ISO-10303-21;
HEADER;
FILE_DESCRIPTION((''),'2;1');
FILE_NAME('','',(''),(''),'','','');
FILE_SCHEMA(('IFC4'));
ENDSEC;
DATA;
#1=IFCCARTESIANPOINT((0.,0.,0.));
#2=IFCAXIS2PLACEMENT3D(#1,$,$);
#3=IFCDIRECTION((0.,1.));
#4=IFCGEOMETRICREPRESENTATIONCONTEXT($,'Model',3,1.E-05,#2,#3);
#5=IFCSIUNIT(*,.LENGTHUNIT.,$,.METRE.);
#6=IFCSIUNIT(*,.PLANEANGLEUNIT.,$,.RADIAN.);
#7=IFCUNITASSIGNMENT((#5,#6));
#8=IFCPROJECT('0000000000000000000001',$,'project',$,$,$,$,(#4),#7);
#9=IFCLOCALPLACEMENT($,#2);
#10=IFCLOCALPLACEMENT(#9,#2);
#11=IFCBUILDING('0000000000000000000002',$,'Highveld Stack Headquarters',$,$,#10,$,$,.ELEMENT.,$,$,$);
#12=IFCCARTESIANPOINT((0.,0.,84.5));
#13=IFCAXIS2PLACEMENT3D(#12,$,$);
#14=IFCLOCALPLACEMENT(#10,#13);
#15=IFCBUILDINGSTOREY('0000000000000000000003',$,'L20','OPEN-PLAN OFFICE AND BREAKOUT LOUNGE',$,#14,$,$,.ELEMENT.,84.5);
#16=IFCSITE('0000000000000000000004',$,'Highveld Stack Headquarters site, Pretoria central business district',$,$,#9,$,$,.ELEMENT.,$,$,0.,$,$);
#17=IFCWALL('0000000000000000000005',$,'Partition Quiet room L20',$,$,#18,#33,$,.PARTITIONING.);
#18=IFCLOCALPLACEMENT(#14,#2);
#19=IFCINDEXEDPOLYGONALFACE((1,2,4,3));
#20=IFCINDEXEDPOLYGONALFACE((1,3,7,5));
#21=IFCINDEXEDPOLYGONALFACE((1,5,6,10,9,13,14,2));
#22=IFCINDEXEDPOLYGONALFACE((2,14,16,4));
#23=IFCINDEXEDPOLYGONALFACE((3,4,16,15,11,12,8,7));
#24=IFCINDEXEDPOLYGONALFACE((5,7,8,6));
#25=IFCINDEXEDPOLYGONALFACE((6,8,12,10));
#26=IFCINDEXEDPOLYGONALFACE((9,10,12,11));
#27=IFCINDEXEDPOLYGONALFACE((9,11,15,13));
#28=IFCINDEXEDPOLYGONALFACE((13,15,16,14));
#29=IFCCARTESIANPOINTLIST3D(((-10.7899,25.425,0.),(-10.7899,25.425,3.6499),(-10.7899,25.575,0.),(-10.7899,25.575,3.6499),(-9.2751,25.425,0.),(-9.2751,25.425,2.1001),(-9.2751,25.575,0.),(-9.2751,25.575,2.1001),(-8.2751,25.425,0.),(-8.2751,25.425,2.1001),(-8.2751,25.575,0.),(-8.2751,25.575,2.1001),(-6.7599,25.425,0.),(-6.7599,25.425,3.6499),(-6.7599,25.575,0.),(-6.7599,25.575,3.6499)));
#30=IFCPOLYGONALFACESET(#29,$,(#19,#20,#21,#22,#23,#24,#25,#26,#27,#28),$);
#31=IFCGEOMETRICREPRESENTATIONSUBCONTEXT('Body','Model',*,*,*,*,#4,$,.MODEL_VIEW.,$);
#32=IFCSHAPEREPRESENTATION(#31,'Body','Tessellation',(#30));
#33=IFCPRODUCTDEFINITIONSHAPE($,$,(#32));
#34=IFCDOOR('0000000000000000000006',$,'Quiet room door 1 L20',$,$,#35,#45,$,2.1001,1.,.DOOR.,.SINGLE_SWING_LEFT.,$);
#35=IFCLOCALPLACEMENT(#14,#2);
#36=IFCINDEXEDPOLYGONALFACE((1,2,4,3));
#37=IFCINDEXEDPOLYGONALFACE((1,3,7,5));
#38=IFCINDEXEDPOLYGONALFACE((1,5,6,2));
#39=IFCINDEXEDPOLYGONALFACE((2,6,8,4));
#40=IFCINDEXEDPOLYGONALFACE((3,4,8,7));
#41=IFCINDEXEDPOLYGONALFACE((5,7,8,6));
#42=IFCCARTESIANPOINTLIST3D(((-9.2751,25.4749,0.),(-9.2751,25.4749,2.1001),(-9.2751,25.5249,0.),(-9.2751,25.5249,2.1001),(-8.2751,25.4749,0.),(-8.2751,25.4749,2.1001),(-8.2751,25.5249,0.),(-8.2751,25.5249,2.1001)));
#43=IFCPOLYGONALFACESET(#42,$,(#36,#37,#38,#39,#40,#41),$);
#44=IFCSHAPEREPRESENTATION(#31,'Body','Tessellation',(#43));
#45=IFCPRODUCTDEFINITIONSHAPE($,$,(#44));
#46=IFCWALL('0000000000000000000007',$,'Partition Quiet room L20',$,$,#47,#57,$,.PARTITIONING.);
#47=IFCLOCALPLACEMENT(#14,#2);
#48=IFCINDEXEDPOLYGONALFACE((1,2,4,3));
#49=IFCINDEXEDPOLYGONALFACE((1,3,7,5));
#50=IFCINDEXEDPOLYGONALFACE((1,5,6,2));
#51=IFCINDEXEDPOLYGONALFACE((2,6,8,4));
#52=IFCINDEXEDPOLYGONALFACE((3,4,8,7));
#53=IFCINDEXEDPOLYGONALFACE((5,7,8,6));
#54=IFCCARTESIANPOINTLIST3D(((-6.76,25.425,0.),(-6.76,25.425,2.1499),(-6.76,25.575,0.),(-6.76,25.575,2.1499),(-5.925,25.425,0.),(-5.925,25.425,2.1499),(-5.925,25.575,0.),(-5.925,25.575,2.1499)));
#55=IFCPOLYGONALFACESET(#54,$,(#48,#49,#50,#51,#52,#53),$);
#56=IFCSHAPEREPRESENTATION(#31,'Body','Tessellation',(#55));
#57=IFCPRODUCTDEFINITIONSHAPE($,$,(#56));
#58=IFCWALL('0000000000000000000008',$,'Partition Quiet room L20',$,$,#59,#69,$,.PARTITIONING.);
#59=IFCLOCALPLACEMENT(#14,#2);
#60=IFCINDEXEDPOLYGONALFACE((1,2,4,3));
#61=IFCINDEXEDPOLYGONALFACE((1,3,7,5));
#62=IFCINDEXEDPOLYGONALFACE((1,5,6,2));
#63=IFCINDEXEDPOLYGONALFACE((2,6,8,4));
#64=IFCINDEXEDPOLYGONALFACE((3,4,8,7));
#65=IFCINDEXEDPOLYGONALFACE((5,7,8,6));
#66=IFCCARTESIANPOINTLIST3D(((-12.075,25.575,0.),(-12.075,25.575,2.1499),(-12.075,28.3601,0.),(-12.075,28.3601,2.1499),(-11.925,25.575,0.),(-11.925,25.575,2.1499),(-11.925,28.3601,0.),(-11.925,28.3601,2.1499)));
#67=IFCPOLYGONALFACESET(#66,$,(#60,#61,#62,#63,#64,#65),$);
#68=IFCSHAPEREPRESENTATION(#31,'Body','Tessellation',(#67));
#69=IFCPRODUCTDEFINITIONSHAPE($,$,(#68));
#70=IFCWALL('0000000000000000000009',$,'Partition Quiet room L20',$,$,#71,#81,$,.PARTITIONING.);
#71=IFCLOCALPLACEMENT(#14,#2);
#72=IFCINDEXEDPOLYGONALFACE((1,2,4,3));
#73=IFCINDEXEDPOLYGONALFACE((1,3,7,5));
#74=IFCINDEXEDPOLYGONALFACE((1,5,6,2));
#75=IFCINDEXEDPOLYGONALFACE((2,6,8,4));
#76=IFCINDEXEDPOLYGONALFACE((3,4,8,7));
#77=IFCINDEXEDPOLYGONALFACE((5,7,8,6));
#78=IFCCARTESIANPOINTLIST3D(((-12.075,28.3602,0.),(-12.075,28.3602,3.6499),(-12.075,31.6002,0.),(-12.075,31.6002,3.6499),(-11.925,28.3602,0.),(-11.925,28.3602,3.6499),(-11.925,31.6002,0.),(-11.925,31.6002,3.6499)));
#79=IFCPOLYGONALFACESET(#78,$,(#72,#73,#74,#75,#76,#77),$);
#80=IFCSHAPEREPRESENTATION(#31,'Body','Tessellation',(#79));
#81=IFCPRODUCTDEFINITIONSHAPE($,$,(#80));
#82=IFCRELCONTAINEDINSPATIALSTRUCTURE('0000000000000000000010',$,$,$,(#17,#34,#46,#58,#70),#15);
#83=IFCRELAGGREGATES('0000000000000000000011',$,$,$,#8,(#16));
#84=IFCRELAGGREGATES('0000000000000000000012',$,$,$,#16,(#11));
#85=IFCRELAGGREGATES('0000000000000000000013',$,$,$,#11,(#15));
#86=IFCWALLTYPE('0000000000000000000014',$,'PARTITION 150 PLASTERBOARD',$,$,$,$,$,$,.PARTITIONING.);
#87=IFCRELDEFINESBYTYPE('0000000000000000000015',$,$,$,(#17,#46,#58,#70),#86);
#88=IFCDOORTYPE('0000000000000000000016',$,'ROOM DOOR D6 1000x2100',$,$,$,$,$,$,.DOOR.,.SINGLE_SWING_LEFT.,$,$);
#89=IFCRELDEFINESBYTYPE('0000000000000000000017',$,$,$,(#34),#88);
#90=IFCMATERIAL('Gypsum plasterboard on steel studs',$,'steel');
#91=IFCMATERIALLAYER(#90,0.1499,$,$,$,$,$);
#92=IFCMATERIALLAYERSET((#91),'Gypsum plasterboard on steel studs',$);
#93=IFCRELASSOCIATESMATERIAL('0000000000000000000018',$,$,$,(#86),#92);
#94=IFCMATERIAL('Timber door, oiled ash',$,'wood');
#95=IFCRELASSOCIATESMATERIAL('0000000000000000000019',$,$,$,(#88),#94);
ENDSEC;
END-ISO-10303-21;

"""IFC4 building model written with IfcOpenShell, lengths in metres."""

from ifc_helpers import new_model, si_unit, direction, frame, frame_2d, origin, place, context, subcontext, project, spatial, rectangle, extrude, material, layer, layer_set, type_object, element, fill, save


model = new_model("IFC4")

# Units and contexts
model_context = context("Model", 3, precision=1e-05, world=origin(), true_north=direction((0.0, 1.0)))
body_context = subcontext(model_context, "Body", "Model", "MODEL_VIEW")
ifc_project = project(units=[si_unit("LENGTHUNIT", "METRE"), si_unit("PLANEANGLEUNIT", "RADIAN")], contexts=[model_context])

# Site, building, storey
site_placement = place(None, origin())
site = spatial("IfcSite", under=ifc_project, at=site_placement, Name="Highveld Stack Headquarters site, Pretoria central business district", CompositionType="ELEMENT", RefElevation=0.0)
building_placement = place(site_placement, origin())
building = spatial("IfcBuilding", under=site, at=building_placement, Name="Highveld Stack Headquarters", CompositionType="ELEMENT")
storey_placement = place(building_placement, frame((0.0, 0.0, 84.5)))
storey = spatial("IfcBuildingStorey", under=building, at=storey_placement, Name="L20", Description="OPEN-PLAN OFFICE AND BREAKOUT LOUNGE", CompositionType="ELEMENT", Elevation=84.5)

# Shared definitions
ifc_material_1 = material(Name="Gypsum plasterboard on steel studs", Category="steel")
ifc_layer_1 = layer(ifc_material_1, 0.1499)
ifc_layer_set_1 = layer_set([ifc_layer_1], Name="Gypsum plasterboard on steel studs")
wall_type = type_object("IfcWallType", Name="PARTITION 150 PLASTERBOARD", PredefinedType="PARTITIONING", material=ifc_layer_set_1)

# Wall, opening, door
wall_1_placement = place(storey_placement, frame((-10.79, 25.5, 0.0), z_axis=(0.0, 0.0, 1.0), x_axis=(1.0, 0.0, 0.0)))
wall_1 = element("IfcWall", 1, at=wall_1_placement, inside=storey, type_object=wall_type, Name="Partition Quiet room L20", PredefinedType="PARTITIONING", context=body_context, shape_type="SweptSolid", body=[
    extrude(rectangle(XDim=4.03, YDim=0.1499, at=frame_2d((2.0151, 0.0))), origin(), (0.0, 0.0, 1.0), 3.6499),
])
opening_placement = place(wall_1_placement, frame((1.5149, 0.0, 0.0)))
opening = element("IfcOpeningElement", 2, at=opening_placement, cuts=wall_1, PredefinedType="OPENING", context=body_context, shape_type="SweptSolid", body=[
    extrude(rectangle(XDim=1.0, YDim=2.1001, at=frame_2d((0.5, 1.05))), frame((0.0, 0.085, 0.0), z_axis=(0.0, -1.0, 0.0), x_axis=(1.0, 0.0, 0.0)), (0.0, 0.0, 1.0), 0.1699),
])
ifc_material_2 = material(Name="Timber door, oiled ash", Category="wood")
door_type = type_object("IfcDoorType", Name="ROOM DOOR D6 1000x2100", OperationType="SINGLE_SWING_LEFT", PredefinedType="DOOR", material=ifc_material_2)
door_placement = place(opening_placement, origin())
door = element("IfcDoor", 3, at=door_placement, inside=storey, type_object=door_type, Name="Quiet room door 1 L20", OperationType="SINGLE_SWING_LEFT", OverallHeight=2.1001, OverallWidth=1.0, PredefinedType="DOOR", context=body_context, shape_type="SweptSolid", body=[
    extrude(rectangle(XDim=1.0, YDim=2.1001, at=frame_2d((0.5, 1.05))), frame((0.0, 0.0249, 0.0), z_axis=(0.0, -1.0, 0.0), x_axis=(1.0, 0.0, 0.0)), (0.0, 0.0, 1.0), 0.05),
])
fill(opening, door)

# Walls
wall_2_placement = place(storey_placement, frame((-6.76, 25.5, 0.0), z_axis=(0.0, 0.0, 1.0), x_axis=(1.0, 0.0, 0.0)))
element("IfcWall", 4, at=wall_2_placement, inside=storey, type_object=wall_type, Name="Partition Quiet room L20", PredefinedType="PARTITIONING", context=body_context, shape_type="SweptSolid", body=[
    extrude(rectangle(XDim=0.835, YDim=0.1499, at=frame_2d((0.4175, 0.0))), origin(), (0.0, 0.0, 1.0), 2.1499),
])
wall_3_placement = place(storey_placement, frame((-12.0, 25.575, 0.0), z_axis=(0.0, 0.0, 1.0), x_axis=(0.0, 1.0, 0.0)))
element("IfcWall", 5, at=wall_3_placement, inside=storey, type_object=wall_type, Name="Partition Quiet room L20", PredefinedType="PARTITIONING", context=body_context, shape_type="SweptSolid", body=[
    extrude(rectangle(XDim=2.7852, YDim=0.1499, at=frame_2d((1.3926, 0.0))), origin(), (0.0, 0.0, 1.0), 2.1499),
])
wall_4_placement = place(storey_placement, frame((-12.0, 28.3601, 0.0), z_axis=(0.0, 0.0, 1.0), x_axis=(0.0, 1.0, 0.0)))
element("IfcWall", 6, at=wall_4_placement, inside=storey, type_object=wall_type, Name="Partition Quiet room L20", PredefinedType="PARTITIONING", context=body_context, shape_type="SweptSolid", body=[
    extrude(rectangle(XDim=3.24, YDim=0.1499, at=frame_2d((1.6201, 0.0))), origin(), (0.0, 0.0, 1.0), 3.6499),
])

save(model, "model.ifc")
